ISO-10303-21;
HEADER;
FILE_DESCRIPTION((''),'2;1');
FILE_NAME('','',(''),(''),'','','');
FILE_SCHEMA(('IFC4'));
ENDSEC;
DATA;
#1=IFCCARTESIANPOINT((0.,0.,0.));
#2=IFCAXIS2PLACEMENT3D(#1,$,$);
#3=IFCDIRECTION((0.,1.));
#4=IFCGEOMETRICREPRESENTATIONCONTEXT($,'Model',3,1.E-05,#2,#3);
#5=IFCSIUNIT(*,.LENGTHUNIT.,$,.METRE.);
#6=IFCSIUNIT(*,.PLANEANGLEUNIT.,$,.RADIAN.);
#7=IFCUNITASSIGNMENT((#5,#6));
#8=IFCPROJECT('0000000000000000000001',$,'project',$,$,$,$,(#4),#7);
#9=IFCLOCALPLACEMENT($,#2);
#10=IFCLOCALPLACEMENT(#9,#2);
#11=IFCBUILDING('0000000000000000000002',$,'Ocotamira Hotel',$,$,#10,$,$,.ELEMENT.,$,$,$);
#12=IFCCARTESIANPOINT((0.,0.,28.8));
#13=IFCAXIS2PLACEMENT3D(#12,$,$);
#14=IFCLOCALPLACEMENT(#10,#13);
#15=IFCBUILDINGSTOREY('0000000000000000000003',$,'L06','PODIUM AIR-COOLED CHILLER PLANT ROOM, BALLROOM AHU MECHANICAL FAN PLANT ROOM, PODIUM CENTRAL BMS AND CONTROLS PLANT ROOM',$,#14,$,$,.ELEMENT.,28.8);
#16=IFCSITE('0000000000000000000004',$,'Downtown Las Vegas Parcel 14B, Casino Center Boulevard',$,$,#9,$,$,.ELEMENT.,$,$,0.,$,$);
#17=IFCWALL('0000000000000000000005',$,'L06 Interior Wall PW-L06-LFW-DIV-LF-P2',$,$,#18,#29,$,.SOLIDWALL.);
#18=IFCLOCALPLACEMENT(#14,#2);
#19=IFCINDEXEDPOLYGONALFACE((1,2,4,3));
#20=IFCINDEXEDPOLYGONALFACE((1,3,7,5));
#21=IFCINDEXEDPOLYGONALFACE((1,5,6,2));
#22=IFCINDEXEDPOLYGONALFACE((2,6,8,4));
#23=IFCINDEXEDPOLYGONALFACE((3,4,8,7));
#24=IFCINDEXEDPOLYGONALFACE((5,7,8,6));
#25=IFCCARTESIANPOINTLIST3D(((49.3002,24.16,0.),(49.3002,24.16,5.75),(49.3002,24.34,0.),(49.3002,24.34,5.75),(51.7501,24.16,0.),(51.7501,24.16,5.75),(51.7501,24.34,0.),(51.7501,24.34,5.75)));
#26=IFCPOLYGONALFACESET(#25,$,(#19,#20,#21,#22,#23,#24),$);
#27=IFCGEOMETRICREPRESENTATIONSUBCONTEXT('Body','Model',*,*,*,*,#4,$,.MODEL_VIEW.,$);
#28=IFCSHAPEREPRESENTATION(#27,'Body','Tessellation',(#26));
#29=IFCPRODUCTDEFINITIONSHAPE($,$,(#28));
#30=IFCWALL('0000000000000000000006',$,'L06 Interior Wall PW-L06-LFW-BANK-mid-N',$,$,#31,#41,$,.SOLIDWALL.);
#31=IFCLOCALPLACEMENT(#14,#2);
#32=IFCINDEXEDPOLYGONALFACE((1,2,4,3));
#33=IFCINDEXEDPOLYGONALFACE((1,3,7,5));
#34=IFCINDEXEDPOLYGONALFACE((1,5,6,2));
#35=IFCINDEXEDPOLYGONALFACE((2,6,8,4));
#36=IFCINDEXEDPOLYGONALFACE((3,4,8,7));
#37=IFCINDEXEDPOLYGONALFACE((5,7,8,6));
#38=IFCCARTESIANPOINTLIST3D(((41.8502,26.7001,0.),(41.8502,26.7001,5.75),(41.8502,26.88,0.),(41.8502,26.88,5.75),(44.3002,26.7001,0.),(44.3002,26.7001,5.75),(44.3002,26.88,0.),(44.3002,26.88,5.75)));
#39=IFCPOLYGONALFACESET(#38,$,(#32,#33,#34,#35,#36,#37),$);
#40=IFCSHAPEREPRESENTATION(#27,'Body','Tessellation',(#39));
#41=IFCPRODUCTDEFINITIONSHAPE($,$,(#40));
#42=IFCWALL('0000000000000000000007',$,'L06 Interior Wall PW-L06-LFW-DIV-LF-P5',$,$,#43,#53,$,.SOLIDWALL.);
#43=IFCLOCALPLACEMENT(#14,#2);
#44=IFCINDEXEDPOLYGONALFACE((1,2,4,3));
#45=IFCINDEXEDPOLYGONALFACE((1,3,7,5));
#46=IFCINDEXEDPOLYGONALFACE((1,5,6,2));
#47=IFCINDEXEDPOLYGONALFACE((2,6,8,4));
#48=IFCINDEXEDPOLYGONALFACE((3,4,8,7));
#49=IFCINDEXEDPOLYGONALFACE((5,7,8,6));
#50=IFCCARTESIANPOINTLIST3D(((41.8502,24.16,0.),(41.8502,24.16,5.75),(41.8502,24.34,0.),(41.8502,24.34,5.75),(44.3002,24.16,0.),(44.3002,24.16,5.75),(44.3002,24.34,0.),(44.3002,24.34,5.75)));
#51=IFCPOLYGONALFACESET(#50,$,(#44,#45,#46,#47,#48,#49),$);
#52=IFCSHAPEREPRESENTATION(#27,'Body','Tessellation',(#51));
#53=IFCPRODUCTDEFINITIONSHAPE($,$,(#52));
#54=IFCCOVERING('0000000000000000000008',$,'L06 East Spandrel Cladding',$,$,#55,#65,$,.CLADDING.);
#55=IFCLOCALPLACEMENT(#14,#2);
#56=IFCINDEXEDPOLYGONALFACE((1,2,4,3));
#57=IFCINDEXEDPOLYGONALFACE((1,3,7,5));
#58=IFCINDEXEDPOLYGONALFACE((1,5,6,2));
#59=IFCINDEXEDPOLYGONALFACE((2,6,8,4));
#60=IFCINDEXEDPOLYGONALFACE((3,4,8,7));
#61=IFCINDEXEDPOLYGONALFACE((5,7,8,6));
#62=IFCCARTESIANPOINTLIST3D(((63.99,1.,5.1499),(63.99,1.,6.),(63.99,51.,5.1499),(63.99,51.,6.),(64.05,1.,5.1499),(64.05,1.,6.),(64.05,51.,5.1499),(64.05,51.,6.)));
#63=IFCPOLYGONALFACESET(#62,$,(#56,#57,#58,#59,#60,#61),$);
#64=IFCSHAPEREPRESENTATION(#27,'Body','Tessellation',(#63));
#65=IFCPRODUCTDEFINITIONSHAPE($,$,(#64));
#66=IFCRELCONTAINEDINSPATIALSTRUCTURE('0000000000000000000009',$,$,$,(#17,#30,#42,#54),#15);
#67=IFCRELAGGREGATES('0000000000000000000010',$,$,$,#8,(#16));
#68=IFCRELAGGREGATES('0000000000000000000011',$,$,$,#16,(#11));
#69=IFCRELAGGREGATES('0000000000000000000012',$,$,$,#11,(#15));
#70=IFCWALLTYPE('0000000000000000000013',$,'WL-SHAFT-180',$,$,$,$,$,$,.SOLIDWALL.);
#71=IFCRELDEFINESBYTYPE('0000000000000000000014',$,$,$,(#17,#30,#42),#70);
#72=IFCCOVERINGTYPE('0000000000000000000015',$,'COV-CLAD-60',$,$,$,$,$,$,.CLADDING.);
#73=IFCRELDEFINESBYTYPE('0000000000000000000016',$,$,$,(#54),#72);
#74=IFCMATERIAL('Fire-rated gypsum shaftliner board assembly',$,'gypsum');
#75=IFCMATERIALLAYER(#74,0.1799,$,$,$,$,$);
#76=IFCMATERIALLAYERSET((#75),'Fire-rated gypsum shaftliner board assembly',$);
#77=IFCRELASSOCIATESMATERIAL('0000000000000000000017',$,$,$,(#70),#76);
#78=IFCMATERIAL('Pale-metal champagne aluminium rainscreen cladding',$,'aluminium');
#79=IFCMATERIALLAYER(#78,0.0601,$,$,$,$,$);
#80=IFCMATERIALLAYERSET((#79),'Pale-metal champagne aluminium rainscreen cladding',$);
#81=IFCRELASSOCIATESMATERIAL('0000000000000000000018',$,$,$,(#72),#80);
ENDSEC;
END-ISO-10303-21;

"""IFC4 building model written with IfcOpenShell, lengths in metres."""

from ifc_helpers import new_model, si_unit, direction, frame, frame_2d, origin, origin_2d, place, context, subcontext, project, spatial, rectangle, extrude, source, transform, mapped, material, layer, layer_set, type_object, element, save


model = new_model("IFC4")

# Units and contexts
model_context = context("Model", 3, precision=1e-05, world=origin(), true_north=direction((0.0, 1.0)))
body_context = subcontext(model_context, "Body", "Model", "MODEL_VIEW")
ifc_project = project(units=[si_unit("LENGTHUNIT", "METRE"), si_unit("PLANEANGLEUNIT", "RADIAN")], contexts=[model_context])

# Site, building, storey
site_placement = place(None, origin())
site = spatial("IfcSite", under=ifc_project, at=site_placement, Name="Downtown Las Vegas Parcel 14B, Casino Center Boulevard", CompositionType="ELEMENT", RefElevation=0.0)
building_placement = place(site_placement, origin())
building = spatial("IfcBuilding", under=site, at=building_placement, Name="Ocotamira Hotel", CompositionType="ELEMENT")
storey_placement = place(building_placement, frame((0.0, 0.0, 28.8)))
storey = spatial("IfcBuildingStorey", under=building, at=storey_placement, Name="L06", Description="PODIUM AIR-COOLED CHILLER PLANT ROOM, BALLROOM AHU MECHANICAL FAN PLANT ROOM, PODIUM CENTRAL BMS AND CONTROLS PLANT ROOM", CompositionType="ELEMENT", Elevation=28.8)

# Walls
ifc_material_1 = material(Name="Fire-rated gypsum shaftliner board assembly", Category="gypsum")
ifc_layer_1 = layer(ifc_material_1, 0.1799)
ifc_layer_set_1 = layer_set([ifc_layer_1], Name="Fire-rated gypsum shaftliner board assembly")
wall_type_1 = type_object("IfcWallType", Name="WL-SHAFT-180", PredefinedType="SOLIDWALL", material=ifc_layer_set_1)
for number, where, z_axis, x_axis, name in (
    (1, (49.3, 24.25, 0.0), (0.0, 0.0, 1.0), (1.0, 0.0, 0.0), "L06 Interior Wall PW-L06-LFW-DIV-LF-P2"),
    (2, (41.8501, 26.79, 0.0), (0.0, 0.0, 1.0), (1.0, 0.0, 0.0), "L06 Interior Wall PW-L06-LFW-BANK-mid-N"),
    (3, (41.8501, 24.25, 0.0), (0.0, 0.0, 1.0), (1.0, 0.0, 0.0), "L06 Interior Wall PW-L06-LFW-DIV-LF-P5"),
):
    element("IfcWall", number, at=place(storey_placement, frame(where, z_axis=z_axis, x_axis=x_axis)), inside=storey, type_object=wall_type_1, Name=name, PredefinedType="SOLIDWALL", context=body_context, shape_type="SweptSolid", body=[
        extrude(rectangle(XDim=2.45, YDim=0.1799, at=frame_2d((1.2251, 0.0))), origin(), (0.0, 0.0, 1.0), 5.75),
    ])

# Covering
ifc_material_2 = material(Name="Pale-metal champagne aluminium rainscreen cladding", Category="aluminium")
ifc_layer_2 = layer(ifc_material_2, 0.0601)
ifc_layer_set_2 = layer_set([ifc_layer_2], Name="Pale-metal champagne aluminium rainscreen cladding")
covering_type = type_object("IfcCoveringType", Name="COV-CLAD-60", PredefinedType="CLADDING", material=ifc_layer_set_2)
shared_shape_1 = source(origin(), body_context, "Body", "SweptSolid", [
    extrude(rectangle(XDim=0.0601, YDim=50.0, at=origin_2d()), origin(), (0.0, 0.0, 1.0), 0.8501),
])
covering_placement = place(storey_placement, frame((64.02, 26.0, 5.1499), z_axis=(0.0, 0.0, 1.0), x_axis=(1.0, 0.0, 0.0)))
element("IfcCovering", 4, at=covering_placement, inside=storey, type_object=covering_type, Name="L06 East Spandrel Cladding", PredefinedType="CLADDING", context=body_context, shape_type="MappedRepresentation", body=[
    mapped(shared_shape_1, transform((0.0, 0.0, 0.0), scale=1.0)),
])

save(model, "model.ifc")
